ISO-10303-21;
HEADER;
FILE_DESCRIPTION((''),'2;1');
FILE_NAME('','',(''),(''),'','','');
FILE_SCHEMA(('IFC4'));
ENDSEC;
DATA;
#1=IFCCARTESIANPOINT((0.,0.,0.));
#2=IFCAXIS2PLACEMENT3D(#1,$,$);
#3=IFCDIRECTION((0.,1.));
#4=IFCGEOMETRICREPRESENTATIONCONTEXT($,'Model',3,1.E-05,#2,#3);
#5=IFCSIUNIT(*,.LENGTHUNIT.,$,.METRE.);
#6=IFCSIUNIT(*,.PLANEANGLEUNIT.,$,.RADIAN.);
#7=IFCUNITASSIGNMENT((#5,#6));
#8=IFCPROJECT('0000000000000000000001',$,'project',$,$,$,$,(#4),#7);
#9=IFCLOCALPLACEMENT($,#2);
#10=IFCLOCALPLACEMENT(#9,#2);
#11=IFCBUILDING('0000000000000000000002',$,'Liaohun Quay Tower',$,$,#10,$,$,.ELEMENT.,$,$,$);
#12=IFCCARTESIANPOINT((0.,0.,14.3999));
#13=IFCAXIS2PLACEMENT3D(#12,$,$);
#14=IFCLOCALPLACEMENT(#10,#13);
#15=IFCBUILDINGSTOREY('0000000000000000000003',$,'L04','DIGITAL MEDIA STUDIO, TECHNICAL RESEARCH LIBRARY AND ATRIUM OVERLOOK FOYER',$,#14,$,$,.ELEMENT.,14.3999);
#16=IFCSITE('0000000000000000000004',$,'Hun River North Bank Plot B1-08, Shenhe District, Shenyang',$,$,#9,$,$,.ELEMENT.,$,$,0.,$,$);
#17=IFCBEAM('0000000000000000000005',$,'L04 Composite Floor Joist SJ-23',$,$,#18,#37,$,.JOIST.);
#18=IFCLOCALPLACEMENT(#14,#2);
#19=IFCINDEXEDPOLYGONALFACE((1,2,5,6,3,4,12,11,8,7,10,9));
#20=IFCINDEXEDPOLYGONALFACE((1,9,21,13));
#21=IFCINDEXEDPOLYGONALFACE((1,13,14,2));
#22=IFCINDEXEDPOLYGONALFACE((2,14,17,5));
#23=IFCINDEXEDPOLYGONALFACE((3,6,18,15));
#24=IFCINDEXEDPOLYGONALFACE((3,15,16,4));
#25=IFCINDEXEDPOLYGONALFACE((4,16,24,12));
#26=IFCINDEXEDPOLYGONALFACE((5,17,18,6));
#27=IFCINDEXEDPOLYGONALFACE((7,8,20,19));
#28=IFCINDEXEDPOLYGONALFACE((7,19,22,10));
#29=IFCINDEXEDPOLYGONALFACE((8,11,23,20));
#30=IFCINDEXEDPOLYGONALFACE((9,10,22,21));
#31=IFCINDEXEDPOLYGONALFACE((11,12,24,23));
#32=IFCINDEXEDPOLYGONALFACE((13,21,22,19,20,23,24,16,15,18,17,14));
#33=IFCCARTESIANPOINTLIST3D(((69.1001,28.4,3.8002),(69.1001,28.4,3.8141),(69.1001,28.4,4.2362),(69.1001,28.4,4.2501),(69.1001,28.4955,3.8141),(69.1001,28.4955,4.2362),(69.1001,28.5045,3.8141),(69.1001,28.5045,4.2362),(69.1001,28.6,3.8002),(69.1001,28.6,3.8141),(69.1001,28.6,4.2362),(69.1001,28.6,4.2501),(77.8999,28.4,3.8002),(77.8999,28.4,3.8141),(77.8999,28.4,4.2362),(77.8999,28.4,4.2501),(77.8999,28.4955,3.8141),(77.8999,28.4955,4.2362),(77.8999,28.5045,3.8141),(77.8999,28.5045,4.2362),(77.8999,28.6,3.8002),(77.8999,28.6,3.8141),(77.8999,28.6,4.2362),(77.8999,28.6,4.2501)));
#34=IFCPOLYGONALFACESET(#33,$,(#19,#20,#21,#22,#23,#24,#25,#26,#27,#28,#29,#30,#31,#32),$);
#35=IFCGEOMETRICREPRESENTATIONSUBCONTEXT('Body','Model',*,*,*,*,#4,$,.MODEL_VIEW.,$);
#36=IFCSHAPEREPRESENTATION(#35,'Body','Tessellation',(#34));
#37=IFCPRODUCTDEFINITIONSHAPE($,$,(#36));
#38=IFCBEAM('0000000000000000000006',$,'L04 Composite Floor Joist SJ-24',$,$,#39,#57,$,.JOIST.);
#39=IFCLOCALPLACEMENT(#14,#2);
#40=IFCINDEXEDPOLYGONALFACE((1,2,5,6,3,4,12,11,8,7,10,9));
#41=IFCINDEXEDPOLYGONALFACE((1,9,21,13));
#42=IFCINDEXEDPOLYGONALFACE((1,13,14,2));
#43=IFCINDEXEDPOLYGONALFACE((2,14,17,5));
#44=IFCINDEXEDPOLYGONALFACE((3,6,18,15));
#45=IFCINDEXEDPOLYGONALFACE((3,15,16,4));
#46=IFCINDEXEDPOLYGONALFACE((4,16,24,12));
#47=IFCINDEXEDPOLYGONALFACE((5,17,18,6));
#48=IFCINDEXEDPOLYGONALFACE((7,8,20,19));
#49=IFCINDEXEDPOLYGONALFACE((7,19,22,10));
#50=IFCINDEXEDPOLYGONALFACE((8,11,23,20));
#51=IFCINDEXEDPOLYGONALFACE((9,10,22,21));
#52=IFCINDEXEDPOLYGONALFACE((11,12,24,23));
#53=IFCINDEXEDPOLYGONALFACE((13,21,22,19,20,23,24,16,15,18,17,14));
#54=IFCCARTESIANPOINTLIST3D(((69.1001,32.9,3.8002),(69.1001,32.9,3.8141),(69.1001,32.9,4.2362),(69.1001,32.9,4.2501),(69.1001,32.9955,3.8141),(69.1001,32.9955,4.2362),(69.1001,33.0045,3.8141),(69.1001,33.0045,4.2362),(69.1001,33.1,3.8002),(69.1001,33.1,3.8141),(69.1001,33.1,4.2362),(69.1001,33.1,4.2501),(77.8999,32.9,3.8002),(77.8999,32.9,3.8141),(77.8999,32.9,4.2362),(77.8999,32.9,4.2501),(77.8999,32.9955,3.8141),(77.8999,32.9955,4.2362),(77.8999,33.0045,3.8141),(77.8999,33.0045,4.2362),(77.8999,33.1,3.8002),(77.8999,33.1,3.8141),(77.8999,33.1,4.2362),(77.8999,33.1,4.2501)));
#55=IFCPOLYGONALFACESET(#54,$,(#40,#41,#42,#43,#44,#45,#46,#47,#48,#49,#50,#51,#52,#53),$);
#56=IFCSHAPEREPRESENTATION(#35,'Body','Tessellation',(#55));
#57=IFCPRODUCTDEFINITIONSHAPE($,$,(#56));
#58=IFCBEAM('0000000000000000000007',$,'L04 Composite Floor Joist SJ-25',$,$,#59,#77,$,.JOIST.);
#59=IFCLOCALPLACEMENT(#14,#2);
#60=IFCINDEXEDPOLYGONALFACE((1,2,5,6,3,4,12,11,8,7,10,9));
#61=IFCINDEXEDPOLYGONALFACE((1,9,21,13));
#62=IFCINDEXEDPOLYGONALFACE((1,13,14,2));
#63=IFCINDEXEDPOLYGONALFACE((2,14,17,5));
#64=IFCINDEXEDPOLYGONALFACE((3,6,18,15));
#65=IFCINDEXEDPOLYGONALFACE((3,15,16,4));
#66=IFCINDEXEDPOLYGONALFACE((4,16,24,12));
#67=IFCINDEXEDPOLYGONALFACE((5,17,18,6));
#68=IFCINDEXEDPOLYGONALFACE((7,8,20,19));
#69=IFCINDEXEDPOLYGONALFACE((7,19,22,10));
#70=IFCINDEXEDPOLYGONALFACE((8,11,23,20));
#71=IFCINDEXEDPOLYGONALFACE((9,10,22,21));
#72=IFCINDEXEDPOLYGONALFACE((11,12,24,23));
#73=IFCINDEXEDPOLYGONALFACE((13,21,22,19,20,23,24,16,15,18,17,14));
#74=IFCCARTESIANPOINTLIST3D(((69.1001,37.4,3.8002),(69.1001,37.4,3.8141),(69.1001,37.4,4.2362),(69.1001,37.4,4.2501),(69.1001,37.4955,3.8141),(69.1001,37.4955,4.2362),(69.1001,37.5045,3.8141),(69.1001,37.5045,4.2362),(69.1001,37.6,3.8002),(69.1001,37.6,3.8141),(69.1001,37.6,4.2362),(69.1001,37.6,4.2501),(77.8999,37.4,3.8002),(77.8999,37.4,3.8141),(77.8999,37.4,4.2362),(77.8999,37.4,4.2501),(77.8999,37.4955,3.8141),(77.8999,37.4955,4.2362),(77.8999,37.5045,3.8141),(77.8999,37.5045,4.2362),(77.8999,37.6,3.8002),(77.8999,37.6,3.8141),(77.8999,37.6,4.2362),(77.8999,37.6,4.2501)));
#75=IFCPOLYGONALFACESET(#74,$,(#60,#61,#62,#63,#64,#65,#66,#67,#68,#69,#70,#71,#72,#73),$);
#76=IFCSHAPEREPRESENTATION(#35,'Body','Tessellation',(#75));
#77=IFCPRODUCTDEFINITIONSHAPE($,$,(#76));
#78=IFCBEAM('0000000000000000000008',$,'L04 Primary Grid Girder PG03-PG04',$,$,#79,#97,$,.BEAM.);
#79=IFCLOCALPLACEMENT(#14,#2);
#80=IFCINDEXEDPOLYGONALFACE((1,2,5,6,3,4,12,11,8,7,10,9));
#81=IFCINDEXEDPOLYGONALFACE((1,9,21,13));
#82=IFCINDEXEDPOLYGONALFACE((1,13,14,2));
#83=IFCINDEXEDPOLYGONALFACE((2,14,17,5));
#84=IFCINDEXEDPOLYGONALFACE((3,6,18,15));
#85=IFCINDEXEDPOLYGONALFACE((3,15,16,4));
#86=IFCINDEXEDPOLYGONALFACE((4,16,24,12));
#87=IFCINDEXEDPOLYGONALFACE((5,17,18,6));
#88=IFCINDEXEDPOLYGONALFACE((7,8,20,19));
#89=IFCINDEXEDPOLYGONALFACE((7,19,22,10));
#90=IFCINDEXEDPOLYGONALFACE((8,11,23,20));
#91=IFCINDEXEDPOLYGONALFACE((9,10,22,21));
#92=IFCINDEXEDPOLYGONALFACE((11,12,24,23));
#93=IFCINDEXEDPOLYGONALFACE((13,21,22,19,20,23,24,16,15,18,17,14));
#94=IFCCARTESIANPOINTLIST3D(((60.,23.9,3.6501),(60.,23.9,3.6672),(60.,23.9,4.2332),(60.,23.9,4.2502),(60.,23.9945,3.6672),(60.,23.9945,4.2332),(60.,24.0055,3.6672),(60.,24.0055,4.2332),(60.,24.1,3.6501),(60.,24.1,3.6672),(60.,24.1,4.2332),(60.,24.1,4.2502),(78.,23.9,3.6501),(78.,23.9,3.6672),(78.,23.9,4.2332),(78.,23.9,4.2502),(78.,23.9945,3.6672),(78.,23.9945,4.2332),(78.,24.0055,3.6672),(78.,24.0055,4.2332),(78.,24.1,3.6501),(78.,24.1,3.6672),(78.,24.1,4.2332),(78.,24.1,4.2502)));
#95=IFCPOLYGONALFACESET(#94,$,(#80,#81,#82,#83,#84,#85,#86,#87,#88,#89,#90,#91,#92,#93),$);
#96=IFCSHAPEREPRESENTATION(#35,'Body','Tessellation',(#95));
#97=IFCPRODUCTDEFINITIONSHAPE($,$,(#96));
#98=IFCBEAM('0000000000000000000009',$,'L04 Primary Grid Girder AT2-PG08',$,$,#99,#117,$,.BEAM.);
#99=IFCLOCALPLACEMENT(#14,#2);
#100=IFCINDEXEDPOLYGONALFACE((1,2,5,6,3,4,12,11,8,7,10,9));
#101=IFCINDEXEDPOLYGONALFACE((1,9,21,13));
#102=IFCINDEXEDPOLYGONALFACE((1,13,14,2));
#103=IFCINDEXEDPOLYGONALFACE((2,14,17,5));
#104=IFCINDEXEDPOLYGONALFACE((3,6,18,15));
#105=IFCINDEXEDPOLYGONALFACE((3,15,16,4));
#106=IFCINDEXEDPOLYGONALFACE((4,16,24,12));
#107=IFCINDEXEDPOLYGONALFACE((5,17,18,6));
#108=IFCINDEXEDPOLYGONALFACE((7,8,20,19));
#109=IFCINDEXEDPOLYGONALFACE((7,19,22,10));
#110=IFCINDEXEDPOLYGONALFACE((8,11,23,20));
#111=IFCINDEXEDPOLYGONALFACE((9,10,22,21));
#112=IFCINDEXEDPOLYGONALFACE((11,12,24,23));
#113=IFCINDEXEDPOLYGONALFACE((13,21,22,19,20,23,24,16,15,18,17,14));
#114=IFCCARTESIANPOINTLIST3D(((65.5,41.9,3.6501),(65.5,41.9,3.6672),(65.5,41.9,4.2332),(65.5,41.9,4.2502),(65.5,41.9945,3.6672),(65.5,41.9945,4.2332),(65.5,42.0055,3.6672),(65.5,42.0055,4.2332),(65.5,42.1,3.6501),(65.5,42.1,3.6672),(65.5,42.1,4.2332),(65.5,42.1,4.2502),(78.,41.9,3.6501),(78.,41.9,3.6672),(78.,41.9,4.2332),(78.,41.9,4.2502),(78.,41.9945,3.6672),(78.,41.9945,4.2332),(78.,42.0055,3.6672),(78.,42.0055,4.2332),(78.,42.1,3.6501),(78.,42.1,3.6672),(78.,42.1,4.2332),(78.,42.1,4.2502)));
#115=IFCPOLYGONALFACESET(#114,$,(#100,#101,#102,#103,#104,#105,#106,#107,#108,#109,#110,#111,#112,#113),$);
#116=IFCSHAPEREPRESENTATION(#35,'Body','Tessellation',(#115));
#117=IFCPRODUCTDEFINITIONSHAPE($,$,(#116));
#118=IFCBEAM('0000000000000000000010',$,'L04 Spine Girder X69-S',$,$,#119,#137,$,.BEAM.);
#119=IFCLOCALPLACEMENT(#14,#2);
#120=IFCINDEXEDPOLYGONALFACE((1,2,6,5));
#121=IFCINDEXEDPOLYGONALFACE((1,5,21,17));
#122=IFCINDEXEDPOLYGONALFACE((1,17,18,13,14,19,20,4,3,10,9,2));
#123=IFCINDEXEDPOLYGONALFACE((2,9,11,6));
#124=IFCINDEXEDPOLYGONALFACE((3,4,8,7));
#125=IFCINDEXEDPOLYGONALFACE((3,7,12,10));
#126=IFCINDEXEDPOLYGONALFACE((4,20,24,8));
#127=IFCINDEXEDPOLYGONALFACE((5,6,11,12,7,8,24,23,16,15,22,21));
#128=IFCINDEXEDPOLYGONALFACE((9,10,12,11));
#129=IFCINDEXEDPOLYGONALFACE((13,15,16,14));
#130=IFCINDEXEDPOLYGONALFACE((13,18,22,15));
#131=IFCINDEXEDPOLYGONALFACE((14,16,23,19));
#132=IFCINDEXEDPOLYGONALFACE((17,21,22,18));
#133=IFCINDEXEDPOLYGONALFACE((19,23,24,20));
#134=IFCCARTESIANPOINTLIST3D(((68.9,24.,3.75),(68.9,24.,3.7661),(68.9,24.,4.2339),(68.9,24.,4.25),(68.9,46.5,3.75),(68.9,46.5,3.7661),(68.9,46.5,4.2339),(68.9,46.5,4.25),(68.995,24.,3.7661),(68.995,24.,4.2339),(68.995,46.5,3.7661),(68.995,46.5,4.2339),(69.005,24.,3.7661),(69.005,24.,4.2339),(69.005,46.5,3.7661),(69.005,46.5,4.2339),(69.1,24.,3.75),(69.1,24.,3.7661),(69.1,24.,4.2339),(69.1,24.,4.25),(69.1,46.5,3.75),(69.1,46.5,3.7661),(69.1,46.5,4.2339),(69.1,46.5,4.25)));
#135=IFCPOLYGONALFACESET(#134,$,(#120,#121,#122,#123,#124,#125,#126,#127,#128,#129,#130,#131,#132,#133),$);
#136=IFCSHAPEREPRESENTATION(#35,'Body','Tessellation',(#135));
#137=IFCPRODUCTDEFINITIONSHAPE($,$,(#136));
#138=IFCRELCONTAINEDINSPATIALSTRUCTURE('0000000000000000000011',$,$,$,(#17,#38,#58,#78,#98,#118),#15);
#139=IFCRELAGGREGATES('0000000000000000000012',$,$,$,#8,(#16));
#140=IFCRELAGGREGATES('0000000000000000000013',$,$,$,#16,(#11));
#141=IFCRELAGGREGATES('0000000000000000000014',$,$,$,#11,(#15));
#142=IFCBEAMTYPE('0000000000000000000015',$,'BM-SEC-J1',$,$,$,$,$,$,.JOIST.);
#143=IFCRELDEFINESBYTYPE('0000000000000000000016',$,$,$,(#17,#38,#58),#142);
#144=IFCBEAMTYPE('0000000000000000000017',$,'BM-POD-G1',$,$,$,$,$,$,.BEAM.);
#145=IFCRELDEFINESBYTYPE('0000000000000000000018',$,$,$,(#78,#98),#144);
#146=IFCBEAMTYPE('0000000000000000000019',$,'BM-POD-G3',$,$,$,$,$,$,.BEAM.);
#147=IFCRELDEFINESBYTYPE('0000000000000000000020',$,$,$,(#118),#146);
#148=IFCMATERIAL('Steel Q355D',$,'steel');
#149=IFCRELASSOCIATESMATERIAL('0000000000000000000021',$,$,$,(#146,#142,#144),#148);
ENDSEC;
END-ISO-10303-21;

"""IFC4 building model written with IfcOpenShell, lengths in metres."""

from ifc_helpers import new_model, si_unit, direction, frame, origin, origin_2d, place, context, subcontext, project, spatial, i_section, extrude, source, transform, mapped, material, material_profile, profile_set, type_object, element, save


model = new_model("IFC4")

# Units and contexts
model_context = context("Model", 3, precision=1e-05, world=origin(), true_north=direction((0.0, 1.0)))
body_context = subcontext(model_context, "Body", "Model", "MODEL_VIEW")
ifc_project = project(units=[si_unit("LENGTHUNIT", "METRE"), si_unit("PLANEANGLEUNIT", "RADIAN")], contexts=[model_context])

# Site, building, storey
site_placement = place(None, origin())
site = spatial("IfcSite", under=ifc_project, at=site_placement, Name="Hun River North Bank Plot B1-08, Shenhe District, Shenyang", CompositionType="ELEMENT", RefElevation=0.0)
building_placement = place(site_placement, origin())
building = spatial("IfcBuilding", under=site, at=building_placement, Name="Liaohun Quay Tower", CompositionType="ELEMENT")
storey_placement = place(building_placement, frame((0.0, 0.0, 14.3999)))
storey = spatial("IfcBuildingStorey", under=building, at=storey_placement, Name="L04", Description="DIGITAL MEDIA STUDIO, TECHNICAL RESEARCH LIBRARY AND ATRIUM OVERLOOK FOYER", CompositionType="ELEMENT", Elevation=14.3999)

# Shared definitions
ifc_material_1 = material(Name="Steel Q355D", Category="steel")

# Beams
ifc_material_profile_1 = material_profile(ifc_material_1, i_section(OverallWidth=0.2, OverallDepth=0.5, WebThickness=0.01, FlangeThickness=0.0161, at=origin_2d()), Name="HN500x200x10x16")
ifc_profile_set_1 = profile_set([ifc_material_profile_1], Name="Steel Q355D")
beam_type_1 = type_object("IfcBeamType", Name="BM-POD-G3", PredefinedType="BEAM", material=ifc_profile_set_1)
ifc_material_profile_2 = material_profile(ifc_material_1, i_section(OverallWidth=0.2, OverallDepth=0.45, WebThickness=0.009, FlangeThickness=0.0139, at=origin_2d()), Name="HN450x200x9x14")
ifc_profile_set_2 = profile_set([ifc_material_profile_2], Name="Steel Q355D")
beam_type_2 = type_object("IfcBeamType", Name="BM-SEC-J1", PredefinedType="JOIST", material=ifc_profile_set_2)
shared_shape_1 = source(origin(), body_context, "Body", "SweptSolid", [
    extrude(i_section(OverallWidth=0.2, OverallDepth=0.45, WebThickness=0.009, FlangeThickness=0.0139, at=origin_2d()), origin(), (0.0, 0.0, 1.0), 8.7998),
])
for number, where, z_axis, x_axis, name in (
    (1, (69.1001, 28.5, 4.0251), (1.0, 0.0, 0.0), (0.0, 1.0, 0.0), "L04 Composite Floor Joist SJ-23"),
    (2, (69.1001, 33.0, 4.0251), (1.0, 0.0, 0.0), (0.0, 1.0, 0.0), "L04 Composite Floor Joist SJ-24"),
    (3, (69.1001, 37.5, 4.0251), (1.0, 0.0, 0.0), (0.0, 1.0, 0.0), "L04 Composite Floor Joist SJ-25"),
):
    element("IfcBeam", number, at=place(storey_placement, frame(where, z_axis=z_axis, x_axis=x_axis)), inside=storey, type_object=beam_type_2, Name=name, PredefinedType="JOIST", context=body_context, shape_type="MappedRepresentation", body=[
        mapped(shared_shape_1, transform((0.0, 0.0, 0.0), x_axis=(1.0, 0.0, 0.0), y_axis=(0.0, 1.0, 0.0), z_axis=(0.0, 0.0, 1.0), scale=1.0)),
    ])
ifc_material_profile_3 = material_profile(ifc_material_1, i_section(OverallWidth=0.2, OverallDepth=0.6001, WebThickness=0.011, FlangeThickness=0.0171, at=origin_2d()), Name="HN600x200x11x17")
ifc_profile_set_3 = profile_set([ifc_material_profile_3], Name="Steel Q355D")
beam_type_3 = type_object("IfcBeamType", Name="BM-POD-G1", PredefinedType="BEAM", material=ifc_profile_set_3)
shared_shape_2 = source(origin(), body_context, "Body", "SweptSolid", [
    extrude(i_section(OverallWidth=0.2, OverallDepth=0.6001, WebThickness=0.011, FlangeThickness=0.0171, at=origin_2d()), origin(), (0.0, 0.0, 1.0), 18.0),
])
beam_1_placement = place(storey_placement, frame((60.0, 24.0, 3.9502), z_axis=(1.0, 0.0, 0.0), x_axis=(0.0, 1.0, 0.0)))
element("IfcBeam", 4, at=beam_1_placement, inside=storey, type_object=beam_type_3, Name="L04 Primary Grid Girder PG03-PG04", PredefinedType="BEAM", context=body_context, shape_type="MappedRepresentation", body=[
    mapped(shared_shape_2, transform((0.0, 0.0, 0.0), x_axis=(1.0, 0.0, 0.0), y_axis=(0.0, 1.0, 0.0), z_axis=(0.0, 0.0, 1.0), scale=1.0)),
])
shared_shape_3 = source(origin(), body_context, "Body", "SweptSolid", [
    extrude(i_section(OverallWidth=0.2, OverallDepth=0.6001, WebThickness=0.011, FlangeThickness=0.0171, at=origin_2d()), origin(), (0.0, 0.0, 1.0), 12.5),
])
beam_2_placement = place(storey_placement, frame((65.5, 42.0, 3.9502), z_axis=(1.0, 0.0, 0.0), x_axis=(0.0, 1.0, 0.0)))
element("IfcBeam", 5, at=beam_2_placement, inside=storey, type_object=beam_type_3, Name="L04 Primary Grid Girder AT2-PG08", PredefinedType="BEAM", context=body_context, shape_type="MappedRepresentation", body=[
    mapped(shared_shape_3, transform((0.0, 0.0, 0.0), x_axis=(1.0, 0.0, 0.0), y_axis=(0.0, 1.0, 0.0), z_axis=(0.0, 0.0, 1.0), scale=1.0)),
])
shared_shape_4 = source(origin(), body_context, "Body", "SweptSolid", [
    extrude(i_section(OverallWidth=0.2, OverallDepth=0.5, WebThickness=0.01, FlangeThickness=0.0161, at=origin_2d()), origin(), (0.0, 0.0, 1.0), 22.5),
])
beam_3_placement = place(storey_placement, frame((69.0, 24.0, 4.0), z_axis=(0.0, 1.0, 0.0), x_axis=(-1.0, 0.0, 0.0)))
element("IfcBeam", 6, at=beam_3_placement, inside=storey, type_object=beam_type_1, Name="L04 Spine Girder X69-S", PredefinedType="BEAM", context=body_context, shape_type="MappedRepresentation", body=[
    mapped(shared_shape_4, transform((0.0, 0.0, 0.0), x_axis=(1.0, 0.0, 0.0), y_axis=(0.0, 1.0, 0.0), z_axis=(0.0, 0.0, 1.0), scale=1.0)),
])

save(model, "model.ifc")
